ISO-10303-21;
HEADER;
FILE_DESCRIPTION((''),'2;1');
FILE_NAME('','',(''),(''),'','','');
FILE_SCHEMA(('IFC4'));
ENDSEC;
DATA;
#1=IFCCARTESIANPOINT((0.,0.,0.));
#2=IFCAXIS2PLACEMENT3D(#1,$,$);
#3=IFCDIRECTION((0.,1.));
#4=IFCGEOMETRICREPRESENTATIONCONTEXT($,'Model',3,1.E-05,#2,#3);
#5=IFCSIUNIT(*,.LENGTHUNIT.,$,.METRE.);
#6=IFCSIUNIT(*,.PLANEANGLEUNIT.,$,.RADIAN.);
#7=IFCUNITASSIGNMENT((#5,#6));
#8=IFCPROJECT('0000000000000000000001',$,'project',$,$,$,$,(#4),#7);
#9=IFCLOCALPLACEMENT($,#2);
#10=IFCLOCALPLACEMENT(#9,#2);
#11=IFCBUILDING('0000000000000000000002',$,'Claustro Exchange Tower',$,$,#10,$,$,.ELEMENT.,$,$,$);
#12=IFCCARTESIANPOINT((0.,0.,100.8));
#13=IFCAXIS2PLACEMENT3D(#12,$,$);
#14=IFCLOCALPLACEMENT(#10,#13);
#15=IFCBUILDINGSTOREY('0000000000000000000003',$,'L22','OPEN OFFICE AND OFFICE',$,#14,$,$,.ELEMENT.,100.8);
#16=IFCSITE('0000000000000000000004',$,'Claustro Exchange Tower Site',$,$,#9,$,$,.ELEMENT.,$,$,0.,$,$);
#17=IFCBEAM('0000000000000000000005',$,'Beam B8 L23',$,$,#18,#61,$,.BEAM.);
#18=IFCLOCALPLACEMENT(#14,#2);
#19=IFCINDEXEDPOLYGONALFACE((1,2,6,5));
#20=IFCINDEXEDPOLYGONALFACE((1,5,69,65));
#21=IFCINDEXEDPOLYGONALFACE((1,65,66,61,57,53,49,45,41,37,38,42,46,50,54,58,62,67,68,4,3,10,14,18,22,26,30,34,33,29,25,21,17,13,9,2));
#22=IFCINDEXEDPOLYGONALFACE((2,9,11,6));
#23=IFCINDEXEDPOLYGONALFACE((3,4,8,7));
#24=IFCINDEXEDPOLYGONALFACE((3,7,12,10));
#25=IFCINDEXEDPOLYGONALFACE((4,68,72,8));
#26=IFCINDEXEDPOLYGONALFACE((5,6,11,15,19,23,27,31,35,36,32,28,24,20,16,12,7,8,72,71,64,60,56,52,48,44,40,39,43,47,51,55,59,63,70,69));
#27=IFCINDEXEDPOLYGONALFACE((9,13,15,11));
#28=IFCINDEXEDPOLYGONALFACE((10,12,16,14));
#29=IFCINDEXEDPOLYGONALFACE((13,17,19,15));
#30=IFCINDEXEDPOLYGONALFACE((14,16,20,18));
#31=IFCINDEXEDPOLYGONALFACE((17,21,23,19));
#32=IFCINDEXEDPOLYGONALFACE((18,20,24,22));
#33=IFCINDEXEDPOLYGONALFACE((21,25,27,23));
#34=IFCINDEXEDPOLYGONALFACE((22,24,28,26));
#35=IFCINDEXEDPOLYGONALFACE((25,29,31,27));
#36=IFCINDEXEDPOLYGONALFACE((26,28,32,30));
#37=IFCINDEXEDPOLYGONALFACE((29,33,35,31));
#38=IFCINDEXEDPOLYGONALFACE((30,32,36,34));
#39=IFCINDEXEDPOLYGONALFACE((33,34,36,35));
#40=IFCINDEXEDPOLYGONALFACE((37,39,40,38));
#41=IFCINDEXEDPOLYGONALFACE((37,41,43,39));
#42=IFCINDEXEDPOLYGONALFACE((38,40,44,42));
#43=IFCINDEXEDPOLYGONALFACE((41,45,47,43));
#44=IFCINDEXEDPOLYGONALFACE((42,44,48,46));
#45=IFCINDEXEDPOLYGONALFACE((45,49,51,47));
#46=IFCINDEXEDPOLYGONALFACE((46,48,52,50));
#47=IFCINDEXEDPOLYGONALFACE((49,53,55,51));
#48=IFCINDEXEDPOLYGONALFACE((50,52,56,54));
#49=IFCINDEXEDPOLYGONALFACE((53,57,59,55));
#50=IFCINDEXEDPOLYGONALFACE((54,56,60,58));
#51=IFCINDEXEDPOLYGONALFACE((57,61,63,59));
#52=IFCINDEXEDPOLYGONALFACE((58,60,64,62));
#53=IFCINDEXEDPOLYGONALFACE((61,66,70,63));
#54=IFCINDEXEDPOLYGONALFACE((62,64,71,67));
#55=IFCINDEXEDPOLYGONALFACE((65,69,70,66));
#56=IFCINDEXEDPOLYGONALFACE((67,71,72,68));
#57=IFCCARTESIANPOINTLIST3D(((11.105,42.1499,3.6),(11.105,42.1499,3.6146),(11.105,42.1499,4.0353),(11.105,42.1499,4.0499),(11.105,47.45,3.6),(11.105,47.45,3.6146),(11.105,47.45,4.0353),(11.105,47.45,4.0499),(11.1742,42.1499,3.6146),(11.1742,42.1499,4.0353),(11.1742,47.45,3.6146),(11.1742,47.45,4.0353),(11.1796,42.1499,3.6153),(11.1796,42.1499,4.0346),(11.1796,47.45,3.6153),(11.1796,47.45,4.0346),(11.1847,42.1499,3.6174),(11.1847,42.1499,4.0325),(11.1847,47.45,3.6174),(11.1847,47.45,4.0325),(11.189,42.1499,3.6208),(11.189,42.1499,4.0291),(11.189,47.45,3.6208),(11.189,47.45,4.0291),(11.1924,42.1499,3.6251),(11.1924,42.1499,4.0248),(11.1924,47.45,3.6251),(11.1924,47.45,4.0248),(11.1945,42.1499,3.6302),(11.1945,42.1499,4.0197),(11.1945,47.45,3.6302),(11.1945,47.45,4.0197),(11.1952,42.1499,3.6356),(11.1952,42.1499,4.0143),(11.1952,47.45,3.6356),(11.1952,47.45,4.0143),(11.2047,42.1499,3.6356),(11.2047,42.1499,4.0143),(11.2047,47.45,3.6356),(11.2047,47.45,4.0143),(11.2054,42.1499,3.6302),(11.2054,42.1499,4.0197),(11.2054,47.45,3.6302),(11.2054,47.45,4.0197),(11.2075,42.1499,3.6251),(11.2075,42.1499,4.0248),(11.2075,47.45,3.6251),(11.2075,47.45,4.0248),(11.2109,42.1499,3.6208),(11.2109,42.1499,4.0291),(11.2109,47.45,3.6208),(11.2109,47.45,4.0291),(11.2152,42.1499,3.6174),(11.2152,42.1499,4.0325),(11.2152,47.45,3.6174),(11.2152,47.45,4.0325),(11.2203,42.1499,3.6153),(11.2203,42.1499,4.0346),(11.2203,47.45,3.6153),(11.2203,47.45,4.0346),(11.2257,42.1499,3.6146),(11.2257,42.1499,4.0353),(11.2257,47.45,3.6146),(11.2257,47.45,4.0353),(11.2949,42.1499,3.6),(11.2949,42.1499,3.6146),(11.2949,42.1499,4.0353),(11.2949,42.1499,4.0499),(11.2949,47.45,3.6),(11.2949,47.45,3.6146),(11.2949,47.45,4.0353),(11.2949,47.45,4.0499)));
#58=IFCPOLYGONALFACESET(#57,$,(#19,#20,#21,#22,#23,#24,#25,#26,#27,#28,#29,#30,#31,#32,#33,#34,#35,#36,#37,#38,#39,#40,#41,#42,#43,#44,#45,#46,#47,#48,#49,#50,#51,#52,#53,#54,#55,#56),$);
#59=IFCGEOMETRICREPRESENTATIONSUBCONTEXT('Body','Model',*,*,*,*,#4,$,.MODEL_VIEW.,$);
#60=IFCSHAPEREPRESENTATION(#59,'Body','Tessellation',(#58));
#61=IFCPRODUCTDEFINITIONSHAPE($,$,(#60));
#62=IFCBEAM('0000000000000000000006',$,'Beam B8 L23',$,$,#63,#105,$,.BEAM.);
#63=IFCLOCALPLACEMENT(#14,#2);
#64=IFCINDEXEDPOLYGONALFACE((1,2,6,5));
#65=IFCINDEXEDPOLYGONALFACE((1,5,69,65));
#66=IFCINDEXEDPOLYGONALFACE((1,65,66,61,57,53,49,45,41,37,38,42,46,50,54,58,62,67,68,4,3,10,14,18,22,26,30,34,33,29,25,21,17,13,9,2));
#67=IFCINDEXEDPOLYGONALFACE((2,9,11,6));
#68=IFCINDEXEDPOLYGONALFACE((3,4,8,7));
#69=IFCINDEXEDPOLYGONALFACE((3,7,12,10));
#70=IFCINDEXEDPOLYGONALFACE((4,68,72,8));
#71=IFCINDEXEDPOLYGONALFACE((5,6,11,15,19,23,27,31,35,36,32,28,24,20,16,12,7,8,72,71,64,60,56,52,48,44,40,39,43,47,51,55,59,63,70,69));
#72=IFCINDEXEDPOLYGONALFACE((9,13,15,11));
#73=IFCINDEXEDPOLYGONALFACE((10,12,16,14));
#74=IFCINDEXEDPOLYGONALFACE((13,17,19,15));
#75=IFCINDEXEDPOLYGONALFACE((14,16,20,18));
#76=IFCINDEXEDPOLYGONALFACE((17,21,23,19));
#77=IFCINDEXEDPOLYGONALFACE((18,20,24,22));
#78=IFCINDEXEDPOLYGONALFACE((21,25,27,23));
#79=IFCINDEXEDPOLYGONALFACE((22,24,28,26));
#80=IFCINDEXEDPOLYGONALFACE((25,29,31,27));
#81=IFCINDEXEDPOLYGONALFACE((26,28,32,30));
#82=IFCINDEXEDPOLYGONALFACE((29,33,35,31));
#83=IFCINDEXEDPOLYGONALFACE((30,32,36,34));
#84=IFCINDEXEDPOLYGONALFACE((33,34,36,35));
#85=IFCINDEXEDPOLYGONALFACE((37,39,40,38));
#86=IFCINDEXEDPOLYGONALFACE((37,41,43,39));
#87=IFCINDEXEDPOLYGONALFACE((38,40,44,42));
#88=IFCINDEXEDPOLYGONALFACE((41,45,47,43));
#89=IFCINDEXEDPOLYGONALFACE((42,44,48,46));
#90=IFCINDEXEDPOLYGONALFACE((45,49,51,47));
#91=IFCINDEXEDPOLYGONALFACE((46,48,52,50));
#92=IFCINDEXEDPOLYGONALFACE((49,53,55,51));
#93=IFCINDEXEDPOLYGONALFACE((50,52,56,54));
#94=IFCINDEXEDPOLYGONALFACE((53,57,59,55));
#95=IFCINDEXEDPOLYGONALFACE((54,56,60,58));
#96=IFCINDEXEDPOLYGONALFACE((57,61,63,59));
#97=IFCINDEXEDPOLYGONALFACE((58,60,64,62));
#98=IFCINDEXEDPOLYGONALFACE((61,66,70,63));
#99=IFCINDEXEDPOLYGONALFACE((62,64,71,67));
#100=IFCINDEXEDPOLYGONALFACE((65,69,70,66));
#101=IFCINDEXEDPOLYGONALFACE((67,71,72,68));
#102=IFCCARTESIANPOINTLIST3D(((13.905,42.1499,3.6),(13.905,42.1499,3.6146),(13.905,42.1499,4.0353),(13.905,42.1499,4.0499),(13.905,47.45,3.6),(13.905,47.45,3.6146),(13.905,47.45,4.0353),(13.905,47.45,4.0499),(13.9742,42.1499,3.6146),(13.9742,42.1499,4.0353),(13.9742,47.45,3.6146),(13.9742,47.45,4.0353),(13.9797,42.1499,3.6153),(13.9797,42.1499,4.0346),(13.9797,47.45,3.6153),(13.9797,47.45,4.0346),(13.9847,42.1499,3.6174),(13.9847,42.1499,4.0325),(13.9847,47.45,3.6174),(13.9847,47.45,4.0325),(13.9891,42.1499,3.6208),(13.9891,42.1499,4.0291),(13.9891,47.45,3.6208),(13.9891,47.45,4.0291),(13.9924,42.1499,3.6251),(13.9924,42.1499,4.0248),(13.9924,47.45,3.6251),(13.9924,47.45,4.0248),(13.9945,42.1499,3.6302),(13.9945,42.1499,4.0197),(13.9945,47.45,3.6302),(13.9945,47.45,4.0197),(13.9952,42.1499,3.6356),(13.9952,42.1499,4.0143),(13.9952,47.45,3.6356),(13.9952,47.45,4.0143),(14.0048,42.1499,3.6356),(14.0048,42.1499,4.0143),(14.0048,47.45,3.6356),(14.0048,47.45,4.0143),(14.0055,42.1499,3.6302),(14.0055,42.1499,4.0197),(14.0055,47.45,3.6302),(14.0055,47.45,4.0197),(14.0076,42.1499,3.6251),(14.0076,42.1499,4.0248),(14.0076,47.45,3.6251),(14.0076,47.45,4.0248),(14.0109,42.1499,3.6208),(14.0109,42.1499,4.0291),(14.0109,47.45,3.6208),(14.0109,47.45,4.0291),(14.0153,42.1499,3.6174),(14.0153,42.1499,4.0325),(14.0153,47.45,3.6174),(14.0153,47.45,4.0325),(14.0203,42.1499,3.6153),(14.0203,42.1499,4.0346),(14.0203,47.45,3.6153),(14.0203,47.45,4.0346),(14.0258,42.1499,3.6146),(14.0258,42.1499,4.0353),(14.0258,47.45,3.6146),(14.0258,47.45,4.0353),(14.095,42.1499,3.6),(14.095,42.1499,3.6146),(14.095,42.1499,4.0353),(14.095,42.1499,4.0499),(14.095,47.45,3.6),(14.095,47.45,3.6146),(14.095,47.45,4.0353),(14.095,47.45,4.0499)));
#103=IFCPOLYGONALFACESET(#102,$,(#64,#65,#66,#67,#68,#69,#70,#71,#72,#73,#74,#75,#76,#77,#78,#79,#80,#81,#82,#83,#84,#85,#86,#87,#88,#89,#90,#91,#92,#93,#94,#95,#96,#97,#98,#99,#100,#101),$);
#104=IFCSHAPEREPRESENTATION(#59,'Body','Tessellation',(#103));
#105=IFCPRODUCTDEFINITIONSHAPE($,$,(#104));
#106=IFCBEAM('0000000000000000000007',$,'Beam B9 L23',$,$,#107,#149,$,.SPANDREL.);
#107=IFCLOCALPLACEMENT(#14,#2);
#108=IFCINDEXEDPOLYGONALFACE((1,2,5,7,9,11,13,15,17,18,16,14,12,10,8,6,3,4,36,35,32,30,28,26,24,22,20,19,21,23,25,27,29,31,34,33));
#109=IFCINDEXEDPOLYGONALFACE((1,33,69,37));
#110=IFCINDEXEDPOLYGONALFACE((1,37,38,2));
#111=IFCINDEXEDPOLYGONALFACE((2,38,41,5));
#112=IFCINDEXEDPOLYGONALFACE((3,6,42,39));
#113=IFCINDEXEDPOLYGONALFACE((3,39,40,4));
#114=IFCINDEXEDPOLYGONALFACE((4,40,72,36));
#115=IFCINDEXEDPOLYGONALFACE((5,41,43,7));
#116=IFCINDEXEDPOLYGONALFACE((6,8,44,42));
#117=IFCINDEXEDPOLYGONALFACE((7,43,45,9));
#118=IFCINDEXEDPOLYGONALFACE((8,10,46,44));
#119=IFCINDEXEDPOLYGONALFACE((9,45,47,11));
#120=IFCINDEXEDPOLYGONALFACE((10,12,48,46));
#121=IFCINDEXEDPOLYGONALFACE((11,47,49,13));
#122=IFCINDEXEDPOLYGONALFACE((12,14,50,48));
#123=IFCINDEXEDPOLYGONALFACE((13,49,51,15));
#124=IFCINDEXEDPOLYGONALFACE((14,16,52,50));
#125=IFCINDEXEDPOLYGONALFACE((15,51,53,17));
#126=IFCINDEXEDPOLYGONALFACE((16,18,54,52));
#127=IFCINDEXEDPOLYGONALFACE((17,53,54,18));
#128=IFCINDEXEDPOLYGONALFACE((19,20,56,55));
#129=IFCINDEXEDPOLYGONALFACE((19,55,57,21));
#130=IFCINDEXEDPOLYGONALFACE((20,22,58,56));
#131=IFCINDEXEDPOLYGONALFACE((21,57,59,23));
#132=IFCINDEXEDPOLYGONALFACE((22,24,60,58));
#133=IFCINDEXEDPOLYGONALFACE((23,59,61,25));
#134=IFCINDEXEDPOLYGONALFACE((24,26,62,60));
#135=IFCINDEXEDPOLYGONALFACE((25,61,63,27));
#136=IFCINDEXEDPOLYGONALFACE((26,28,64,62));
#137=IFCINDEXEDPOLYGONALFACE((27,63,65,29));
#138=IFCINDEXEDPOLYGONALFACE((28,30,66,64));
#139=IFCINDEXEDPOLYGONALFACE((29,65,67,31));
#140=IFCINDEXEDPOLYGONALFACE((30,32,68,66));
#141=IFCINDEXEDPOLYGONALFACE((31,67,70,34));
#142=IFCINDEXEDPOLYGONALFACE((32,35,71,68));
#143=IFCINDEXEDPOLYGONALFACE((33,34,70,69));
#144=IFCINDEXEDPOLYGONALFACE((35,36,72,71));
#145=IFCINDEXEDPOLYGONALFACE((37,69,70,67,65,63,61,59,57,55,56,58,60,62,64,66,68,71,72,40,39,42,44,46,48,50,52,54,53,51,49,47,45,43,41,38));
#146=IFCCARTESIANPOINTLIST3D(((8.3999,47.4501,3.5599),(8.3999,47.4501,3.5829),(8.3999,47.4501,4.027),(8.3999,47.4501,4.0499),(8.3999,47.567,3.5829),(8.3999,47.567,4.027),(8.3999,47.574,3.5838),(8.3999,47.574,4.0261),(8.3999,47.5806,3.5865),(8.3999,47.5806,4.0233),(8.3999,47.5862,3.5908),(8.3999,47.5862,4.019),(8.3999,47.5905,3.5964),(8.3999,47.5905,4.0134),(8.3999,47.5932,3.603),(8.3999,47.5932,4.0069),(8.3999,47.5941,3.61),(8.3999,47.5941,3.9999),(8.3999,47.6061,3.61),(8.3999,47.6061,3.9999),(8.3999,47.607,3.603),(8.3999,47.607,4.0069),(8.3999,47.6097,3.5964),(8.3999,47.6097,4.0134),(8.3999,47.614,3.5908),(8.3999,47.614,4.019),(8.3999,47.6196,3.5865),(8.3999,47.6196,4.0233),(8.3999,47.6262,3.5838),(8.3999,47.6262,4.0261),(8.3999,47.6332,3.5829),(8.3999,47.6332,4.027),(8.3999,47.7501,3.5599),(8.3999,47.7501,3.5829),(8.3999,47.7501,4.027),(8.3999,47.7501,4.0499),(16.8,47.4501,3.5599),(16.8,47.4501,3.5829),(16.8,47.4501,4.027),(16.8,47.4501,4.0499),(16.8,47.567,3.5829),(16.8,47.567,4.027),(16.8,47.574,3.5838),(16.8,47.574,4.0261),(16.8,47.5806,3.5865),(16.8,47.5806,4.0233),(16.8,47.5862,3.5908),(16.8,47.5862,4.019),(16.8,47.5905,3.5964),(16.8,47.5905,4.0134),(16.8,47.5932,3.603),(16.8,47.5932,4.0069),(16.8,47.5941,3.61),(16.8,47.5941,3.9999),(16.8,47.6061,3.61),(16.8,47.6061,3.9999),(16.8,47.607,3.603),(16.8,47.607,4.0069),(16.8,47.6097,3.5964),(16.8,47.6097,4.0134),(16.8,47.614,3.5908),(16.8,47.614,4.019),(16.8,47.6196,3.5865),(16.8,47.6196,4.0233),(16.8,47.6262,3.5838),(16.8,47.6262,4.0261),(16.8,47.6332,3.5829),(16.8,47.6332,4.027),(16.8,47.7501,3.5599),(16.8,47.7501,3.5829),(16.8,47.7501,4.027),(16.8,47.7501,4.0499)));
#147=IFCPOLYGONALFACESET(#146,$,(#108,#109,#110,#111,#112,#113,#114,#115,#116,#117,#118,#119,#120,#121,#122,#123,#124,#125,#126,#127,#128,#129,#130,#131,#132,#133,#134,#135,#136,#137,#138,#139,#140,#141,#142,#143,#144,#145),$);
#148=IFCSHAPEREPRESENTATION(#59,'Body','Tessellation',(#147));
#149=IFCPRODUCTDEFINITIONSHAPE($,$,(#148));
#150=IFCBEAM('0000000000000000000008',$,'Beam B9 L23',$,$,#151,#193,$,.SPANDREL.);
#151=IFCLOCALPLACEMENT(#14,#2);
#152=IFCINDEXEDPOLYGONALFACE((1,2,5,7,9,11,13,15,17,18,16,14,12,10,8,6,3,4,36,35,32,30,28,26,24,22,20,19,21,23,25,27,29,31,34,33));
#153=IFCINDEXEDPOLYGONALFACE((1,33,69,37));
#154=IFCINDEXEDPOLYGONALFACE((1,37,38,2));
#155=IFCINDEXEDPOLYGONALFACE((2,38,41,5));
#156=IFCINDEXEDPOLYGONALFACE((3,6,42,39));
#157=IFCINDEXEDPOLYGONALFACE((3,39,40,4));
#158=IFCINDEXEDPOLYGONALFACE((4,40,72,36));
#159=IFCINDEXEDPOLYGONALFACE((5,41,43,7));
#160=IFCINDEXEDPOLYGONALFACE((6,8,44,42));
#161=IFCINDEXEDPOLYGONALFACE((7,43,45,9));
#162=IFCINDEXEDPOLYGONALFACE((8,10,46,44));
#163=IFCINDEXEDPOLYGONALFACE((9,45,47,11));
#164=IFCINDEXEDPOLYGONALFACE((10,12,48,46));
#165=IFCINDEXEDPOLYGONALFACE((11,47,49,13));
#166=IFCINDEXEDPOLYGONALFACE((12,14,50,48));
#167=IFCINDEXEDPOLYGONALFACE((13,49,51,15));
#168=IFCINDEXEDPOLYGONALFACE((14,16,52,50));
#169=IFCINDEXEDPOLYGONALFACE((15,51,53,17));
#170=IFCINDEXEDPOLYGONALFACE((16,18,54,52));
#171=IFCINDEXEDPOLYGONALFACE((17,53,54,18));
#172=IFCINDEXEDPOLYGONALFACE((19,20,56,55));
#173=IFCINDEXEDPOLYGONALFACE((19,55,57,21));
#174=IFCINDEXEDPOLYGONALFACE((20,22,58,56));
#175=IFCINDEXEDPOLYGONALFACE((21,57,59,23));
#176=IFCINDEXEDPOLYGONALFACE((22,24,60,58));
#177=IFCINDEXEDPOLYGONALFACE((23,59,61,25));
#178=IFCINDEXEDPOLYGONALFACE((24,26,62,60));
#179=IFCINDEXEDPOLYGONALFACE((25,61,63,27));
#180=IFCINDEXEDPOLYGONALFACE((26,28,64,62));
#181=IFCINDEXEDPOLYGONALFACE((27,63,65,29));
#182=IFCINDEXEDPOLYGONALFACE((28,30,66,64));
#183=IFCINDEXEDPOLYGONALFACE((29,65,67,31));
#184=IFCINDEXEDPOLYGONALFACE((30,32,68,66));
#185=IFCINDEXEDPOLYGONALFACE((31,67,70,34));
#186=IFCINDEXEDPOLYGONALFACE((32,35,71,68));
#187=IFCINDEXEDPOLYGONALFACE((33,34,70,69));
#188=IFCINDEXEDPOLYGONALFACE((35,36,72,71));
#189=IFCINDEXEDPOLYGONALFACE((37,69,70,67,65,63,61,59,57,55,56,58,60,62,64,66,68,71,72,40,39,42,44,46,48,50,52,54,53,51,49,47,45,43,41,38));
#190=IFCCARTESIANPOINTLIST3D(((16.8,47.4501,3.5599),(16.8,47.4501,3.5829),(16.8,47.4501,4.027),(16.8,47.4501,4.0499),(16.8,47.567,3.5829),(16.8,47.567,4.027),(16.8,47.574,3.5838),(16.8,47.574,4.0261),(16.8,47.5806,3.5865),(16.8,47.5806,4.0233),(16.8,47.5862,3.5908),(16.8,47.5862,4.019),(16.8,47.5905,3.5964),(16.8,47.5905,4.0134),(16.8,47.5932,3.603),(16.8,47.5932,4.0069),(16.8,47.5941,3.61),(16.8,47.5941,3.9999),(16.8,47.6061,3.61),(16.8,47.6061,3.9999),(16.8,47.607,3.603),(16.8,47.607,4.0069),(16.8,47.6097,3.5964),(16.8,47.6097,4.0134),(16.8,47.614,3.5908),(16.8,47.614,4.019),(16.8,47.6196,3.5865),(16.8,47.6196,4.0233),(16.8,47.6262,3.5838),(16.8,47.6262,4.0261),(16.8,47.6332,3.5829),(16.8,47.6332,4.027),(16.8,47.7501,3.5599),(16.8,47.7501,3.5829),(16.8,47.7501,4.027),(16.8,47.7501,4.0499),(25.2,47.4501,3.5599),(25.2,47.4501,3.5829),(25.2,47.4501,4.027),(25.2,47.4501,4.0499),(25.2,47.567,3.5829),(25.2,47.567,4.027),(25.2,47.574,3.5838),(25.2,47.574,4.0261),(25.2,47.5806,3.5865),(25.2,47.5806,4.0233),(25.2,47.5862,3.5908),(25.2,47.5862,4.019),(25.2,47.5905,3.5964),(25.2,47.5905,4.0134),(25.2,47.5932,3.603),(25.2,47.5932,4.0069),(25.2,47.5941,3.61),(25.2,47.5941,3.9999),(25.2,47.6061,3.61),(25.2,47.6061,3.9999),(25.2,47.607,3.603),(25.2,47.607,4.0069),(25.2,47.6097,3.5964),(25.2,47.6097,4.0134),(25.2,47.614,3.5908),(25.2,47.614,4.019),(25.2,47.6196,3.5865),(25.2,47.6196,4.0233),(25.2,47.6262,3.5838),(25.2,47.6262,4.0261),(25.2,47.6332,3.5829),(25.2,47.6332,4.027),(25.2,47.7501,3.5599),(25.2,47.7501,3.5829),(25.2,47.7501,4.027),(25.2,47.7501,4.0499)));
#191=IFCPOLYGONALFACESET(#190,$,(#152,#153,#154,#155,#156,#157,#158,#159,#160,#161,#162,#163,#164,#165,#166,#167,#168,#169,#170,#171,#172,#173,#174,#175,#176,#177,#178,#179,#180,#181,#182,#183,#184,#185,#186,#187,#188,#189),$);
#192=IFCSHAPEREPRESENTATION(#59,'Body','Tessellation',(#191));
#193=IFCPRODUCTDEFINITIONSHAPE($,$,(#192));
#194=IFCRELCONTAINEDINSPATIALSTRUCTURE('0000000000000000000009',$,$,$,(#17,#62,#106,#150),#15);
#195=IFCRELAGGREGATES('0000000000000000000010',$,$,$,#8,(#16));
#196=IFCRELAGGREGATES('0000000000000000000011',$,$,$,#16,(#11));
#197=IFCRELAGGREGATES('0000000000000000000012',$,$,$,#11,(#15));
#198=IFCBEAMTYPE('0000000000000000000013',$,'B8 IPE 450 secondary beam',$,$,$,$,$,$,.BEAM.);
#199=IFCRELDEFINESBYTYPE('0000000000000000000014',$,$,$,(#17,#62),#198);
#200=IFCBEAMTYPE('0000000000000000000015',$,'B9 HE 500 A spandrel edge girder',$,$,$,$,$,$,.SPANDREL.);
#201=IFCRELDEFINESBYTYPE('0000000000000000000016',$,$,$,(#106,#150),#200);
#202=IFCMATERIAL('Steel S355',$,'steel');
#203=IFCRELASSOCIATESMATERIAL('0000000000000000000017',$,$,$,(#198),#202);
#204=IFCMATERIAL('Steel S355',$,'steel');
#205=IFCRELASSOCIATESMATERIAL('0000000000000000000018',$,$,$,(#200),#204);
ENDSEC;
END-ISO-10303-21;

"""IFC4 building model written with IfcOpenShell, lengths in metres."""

from ifc_helpers import new_model, si_unit, direction, frame, origin, origin_2d, place, context, subcontext, project, spatial, i_section, extrude, material, material_profile, profile_set, type_object, element, save


model = new_model("IFC4")

# Units and contexts
model_context = context("Model", 3, precision=1e-05, world=origin(), true_north=direction((0.0, 1.0)))
body_context = subcontext(model_context, "Body", "Model", "MODEL_VIEW")
ifc_project = project(units=[si_unit("LENGTHUNIT", "METRE"), si_unit("PLANEANGLEUNIT", "RADIAN")], contexts=[model_context])

# Site, building, storey
site_placement = place(None, origin())
site = spatial("IfcSite", under=ifc_project, at=site_placement, Name="Claustro Exchange Tower Site", CompositionType="ELEMENT", RefElevation=0.0)
building_placement = place(site_placement, origin())
building = spatial("IfcBuilding", under=site, at=building_placement, Name="Claustro Exchange Tower", CompositionType="ELEMENT")
storey_placement = place(building_placement, frame((0.0, 0.0, 100.8)))
storey = spatial("IfcBuildingStorey", under=building, at=storey_placement, Name="L22", Description="OPEN OFFICE AND OFFICE", CompositionType="ELEMENT", Elevation=100.8)

# Beams
ifc_material_1 = material(Name="Steel S355", Category="steel")
ifc_material_profile_1 = material_profile(ifc_material_1, i_section(OverallWidth=0.1899, OverallDepth=0.45, WebThickness=0.0095, FlangeThickness=0.0146, FilletRadius=0.021, at=origin_2d()), Name="IPE 450")
ifc_profile_set_1 = profile_set([ifc_material_profile_1], Name="Steel S355")
beam_type_1 = type_object("IfcBeamType", Name="B8 IPE 450 secondary beam", PredefinedType="BEAM", material=ifc_profile_set_1)
for number, where, z_axis, x_axis, name in (
    (1, (11.2, 42.1499, 3.825), (0.0, 1.0, 0.0), (-1.0, 0.0, 0.0), "Beam B8 L23"),
    (2, (14.0, 42.1499, 3.825), (0.0, 1.0, 0.0), (-1.0, 0.0, 0.0), "Beam B8 L23"),
):
    element("IfcBeam", number, at=place(storey_placement, frame(where, z_axis=z_axis, x_axis=x_axis)), inside=storey, type_object=beam_type_1, Name=name, PredefinedType="BEAM", context=body_context, shape_type="SweptSolid", body=[
        extrude(i_section(OverallWidth=0.1899, OverallDepth=0.45, WebThickness=0.0095, FlangeThickness=0.0146, FilletRadius=0.021, at=origin_2d()), origin(), (0.0, 0.0, 1.0), 5.3),
    ])
ifc_material_2 = material(Name="Steel S355", Category="steel")
ifc_material_profile_2 = material_profile(ifc_material_2, i_section(OverallWidth=0.3, OverallDepth=0.49, WebThickness=0.012, FlangeThickness=0.0229, FilletRadius=0.0271, at=origin_2d()), Name="HE 500 A")
ifc_profile_set_2 = profile_set([ifc_material_profile_2], Name="Steel S355")
beam_type_2 = type_object("IfcBeamType", Name="B9 HE 500 A spandrel edge girder", PredefinedType="SPANDREL", material=ifc_profile_set_2)
beam_1_placement = place(storey_placement, frame((8.3999, 47.6001, 3.8049), z_axis=(1.0, 0.0, 0.0), x_axis=(0.0, 1.0, 0.0)))
element("IfcBeam", 3, at=beam_1_placement, inside=storey, type_object=beam_type_2, Name="Beam B9 L23", PredefinedType="SPANDREL", context=body_context, shape_type="SweptSolid", body=[
    extrude(i_section(OverallWidth=0.3, OverallDepth=0.49, WebThickness=0.012, FlangeThickness=0.0229, FilletRadius=0.0271, at=origin_2d()), origin(), (0.0, 0.0, 1.0), 8.4001),
])
beam_2_placement = place(storey_placement, frame((16.8, 47.6001, 3.8049), z_axis=(1.0, 0.0, 0.0), x_axis=(0.0, 1.0, 0.0)))
element("IfcBeam", 4, at=beam_2_placement, inside=storey, type_object=beam_type_2, Name="Beam B9 L23", PredefinedType="SPANDREL", context=body_context, shape_type="SweptSolid", body=[
    extrude(i_section(OverallWidth=0.3, OverallDepth=0.49, WebThickness=0.012, FlangeThickness=0.0229, FilletRadius=0.0271, at=origin_2d()), origin(), (0.0, 0.0, 1.0), 8.3999),
])

save(model, "model.ifc")
